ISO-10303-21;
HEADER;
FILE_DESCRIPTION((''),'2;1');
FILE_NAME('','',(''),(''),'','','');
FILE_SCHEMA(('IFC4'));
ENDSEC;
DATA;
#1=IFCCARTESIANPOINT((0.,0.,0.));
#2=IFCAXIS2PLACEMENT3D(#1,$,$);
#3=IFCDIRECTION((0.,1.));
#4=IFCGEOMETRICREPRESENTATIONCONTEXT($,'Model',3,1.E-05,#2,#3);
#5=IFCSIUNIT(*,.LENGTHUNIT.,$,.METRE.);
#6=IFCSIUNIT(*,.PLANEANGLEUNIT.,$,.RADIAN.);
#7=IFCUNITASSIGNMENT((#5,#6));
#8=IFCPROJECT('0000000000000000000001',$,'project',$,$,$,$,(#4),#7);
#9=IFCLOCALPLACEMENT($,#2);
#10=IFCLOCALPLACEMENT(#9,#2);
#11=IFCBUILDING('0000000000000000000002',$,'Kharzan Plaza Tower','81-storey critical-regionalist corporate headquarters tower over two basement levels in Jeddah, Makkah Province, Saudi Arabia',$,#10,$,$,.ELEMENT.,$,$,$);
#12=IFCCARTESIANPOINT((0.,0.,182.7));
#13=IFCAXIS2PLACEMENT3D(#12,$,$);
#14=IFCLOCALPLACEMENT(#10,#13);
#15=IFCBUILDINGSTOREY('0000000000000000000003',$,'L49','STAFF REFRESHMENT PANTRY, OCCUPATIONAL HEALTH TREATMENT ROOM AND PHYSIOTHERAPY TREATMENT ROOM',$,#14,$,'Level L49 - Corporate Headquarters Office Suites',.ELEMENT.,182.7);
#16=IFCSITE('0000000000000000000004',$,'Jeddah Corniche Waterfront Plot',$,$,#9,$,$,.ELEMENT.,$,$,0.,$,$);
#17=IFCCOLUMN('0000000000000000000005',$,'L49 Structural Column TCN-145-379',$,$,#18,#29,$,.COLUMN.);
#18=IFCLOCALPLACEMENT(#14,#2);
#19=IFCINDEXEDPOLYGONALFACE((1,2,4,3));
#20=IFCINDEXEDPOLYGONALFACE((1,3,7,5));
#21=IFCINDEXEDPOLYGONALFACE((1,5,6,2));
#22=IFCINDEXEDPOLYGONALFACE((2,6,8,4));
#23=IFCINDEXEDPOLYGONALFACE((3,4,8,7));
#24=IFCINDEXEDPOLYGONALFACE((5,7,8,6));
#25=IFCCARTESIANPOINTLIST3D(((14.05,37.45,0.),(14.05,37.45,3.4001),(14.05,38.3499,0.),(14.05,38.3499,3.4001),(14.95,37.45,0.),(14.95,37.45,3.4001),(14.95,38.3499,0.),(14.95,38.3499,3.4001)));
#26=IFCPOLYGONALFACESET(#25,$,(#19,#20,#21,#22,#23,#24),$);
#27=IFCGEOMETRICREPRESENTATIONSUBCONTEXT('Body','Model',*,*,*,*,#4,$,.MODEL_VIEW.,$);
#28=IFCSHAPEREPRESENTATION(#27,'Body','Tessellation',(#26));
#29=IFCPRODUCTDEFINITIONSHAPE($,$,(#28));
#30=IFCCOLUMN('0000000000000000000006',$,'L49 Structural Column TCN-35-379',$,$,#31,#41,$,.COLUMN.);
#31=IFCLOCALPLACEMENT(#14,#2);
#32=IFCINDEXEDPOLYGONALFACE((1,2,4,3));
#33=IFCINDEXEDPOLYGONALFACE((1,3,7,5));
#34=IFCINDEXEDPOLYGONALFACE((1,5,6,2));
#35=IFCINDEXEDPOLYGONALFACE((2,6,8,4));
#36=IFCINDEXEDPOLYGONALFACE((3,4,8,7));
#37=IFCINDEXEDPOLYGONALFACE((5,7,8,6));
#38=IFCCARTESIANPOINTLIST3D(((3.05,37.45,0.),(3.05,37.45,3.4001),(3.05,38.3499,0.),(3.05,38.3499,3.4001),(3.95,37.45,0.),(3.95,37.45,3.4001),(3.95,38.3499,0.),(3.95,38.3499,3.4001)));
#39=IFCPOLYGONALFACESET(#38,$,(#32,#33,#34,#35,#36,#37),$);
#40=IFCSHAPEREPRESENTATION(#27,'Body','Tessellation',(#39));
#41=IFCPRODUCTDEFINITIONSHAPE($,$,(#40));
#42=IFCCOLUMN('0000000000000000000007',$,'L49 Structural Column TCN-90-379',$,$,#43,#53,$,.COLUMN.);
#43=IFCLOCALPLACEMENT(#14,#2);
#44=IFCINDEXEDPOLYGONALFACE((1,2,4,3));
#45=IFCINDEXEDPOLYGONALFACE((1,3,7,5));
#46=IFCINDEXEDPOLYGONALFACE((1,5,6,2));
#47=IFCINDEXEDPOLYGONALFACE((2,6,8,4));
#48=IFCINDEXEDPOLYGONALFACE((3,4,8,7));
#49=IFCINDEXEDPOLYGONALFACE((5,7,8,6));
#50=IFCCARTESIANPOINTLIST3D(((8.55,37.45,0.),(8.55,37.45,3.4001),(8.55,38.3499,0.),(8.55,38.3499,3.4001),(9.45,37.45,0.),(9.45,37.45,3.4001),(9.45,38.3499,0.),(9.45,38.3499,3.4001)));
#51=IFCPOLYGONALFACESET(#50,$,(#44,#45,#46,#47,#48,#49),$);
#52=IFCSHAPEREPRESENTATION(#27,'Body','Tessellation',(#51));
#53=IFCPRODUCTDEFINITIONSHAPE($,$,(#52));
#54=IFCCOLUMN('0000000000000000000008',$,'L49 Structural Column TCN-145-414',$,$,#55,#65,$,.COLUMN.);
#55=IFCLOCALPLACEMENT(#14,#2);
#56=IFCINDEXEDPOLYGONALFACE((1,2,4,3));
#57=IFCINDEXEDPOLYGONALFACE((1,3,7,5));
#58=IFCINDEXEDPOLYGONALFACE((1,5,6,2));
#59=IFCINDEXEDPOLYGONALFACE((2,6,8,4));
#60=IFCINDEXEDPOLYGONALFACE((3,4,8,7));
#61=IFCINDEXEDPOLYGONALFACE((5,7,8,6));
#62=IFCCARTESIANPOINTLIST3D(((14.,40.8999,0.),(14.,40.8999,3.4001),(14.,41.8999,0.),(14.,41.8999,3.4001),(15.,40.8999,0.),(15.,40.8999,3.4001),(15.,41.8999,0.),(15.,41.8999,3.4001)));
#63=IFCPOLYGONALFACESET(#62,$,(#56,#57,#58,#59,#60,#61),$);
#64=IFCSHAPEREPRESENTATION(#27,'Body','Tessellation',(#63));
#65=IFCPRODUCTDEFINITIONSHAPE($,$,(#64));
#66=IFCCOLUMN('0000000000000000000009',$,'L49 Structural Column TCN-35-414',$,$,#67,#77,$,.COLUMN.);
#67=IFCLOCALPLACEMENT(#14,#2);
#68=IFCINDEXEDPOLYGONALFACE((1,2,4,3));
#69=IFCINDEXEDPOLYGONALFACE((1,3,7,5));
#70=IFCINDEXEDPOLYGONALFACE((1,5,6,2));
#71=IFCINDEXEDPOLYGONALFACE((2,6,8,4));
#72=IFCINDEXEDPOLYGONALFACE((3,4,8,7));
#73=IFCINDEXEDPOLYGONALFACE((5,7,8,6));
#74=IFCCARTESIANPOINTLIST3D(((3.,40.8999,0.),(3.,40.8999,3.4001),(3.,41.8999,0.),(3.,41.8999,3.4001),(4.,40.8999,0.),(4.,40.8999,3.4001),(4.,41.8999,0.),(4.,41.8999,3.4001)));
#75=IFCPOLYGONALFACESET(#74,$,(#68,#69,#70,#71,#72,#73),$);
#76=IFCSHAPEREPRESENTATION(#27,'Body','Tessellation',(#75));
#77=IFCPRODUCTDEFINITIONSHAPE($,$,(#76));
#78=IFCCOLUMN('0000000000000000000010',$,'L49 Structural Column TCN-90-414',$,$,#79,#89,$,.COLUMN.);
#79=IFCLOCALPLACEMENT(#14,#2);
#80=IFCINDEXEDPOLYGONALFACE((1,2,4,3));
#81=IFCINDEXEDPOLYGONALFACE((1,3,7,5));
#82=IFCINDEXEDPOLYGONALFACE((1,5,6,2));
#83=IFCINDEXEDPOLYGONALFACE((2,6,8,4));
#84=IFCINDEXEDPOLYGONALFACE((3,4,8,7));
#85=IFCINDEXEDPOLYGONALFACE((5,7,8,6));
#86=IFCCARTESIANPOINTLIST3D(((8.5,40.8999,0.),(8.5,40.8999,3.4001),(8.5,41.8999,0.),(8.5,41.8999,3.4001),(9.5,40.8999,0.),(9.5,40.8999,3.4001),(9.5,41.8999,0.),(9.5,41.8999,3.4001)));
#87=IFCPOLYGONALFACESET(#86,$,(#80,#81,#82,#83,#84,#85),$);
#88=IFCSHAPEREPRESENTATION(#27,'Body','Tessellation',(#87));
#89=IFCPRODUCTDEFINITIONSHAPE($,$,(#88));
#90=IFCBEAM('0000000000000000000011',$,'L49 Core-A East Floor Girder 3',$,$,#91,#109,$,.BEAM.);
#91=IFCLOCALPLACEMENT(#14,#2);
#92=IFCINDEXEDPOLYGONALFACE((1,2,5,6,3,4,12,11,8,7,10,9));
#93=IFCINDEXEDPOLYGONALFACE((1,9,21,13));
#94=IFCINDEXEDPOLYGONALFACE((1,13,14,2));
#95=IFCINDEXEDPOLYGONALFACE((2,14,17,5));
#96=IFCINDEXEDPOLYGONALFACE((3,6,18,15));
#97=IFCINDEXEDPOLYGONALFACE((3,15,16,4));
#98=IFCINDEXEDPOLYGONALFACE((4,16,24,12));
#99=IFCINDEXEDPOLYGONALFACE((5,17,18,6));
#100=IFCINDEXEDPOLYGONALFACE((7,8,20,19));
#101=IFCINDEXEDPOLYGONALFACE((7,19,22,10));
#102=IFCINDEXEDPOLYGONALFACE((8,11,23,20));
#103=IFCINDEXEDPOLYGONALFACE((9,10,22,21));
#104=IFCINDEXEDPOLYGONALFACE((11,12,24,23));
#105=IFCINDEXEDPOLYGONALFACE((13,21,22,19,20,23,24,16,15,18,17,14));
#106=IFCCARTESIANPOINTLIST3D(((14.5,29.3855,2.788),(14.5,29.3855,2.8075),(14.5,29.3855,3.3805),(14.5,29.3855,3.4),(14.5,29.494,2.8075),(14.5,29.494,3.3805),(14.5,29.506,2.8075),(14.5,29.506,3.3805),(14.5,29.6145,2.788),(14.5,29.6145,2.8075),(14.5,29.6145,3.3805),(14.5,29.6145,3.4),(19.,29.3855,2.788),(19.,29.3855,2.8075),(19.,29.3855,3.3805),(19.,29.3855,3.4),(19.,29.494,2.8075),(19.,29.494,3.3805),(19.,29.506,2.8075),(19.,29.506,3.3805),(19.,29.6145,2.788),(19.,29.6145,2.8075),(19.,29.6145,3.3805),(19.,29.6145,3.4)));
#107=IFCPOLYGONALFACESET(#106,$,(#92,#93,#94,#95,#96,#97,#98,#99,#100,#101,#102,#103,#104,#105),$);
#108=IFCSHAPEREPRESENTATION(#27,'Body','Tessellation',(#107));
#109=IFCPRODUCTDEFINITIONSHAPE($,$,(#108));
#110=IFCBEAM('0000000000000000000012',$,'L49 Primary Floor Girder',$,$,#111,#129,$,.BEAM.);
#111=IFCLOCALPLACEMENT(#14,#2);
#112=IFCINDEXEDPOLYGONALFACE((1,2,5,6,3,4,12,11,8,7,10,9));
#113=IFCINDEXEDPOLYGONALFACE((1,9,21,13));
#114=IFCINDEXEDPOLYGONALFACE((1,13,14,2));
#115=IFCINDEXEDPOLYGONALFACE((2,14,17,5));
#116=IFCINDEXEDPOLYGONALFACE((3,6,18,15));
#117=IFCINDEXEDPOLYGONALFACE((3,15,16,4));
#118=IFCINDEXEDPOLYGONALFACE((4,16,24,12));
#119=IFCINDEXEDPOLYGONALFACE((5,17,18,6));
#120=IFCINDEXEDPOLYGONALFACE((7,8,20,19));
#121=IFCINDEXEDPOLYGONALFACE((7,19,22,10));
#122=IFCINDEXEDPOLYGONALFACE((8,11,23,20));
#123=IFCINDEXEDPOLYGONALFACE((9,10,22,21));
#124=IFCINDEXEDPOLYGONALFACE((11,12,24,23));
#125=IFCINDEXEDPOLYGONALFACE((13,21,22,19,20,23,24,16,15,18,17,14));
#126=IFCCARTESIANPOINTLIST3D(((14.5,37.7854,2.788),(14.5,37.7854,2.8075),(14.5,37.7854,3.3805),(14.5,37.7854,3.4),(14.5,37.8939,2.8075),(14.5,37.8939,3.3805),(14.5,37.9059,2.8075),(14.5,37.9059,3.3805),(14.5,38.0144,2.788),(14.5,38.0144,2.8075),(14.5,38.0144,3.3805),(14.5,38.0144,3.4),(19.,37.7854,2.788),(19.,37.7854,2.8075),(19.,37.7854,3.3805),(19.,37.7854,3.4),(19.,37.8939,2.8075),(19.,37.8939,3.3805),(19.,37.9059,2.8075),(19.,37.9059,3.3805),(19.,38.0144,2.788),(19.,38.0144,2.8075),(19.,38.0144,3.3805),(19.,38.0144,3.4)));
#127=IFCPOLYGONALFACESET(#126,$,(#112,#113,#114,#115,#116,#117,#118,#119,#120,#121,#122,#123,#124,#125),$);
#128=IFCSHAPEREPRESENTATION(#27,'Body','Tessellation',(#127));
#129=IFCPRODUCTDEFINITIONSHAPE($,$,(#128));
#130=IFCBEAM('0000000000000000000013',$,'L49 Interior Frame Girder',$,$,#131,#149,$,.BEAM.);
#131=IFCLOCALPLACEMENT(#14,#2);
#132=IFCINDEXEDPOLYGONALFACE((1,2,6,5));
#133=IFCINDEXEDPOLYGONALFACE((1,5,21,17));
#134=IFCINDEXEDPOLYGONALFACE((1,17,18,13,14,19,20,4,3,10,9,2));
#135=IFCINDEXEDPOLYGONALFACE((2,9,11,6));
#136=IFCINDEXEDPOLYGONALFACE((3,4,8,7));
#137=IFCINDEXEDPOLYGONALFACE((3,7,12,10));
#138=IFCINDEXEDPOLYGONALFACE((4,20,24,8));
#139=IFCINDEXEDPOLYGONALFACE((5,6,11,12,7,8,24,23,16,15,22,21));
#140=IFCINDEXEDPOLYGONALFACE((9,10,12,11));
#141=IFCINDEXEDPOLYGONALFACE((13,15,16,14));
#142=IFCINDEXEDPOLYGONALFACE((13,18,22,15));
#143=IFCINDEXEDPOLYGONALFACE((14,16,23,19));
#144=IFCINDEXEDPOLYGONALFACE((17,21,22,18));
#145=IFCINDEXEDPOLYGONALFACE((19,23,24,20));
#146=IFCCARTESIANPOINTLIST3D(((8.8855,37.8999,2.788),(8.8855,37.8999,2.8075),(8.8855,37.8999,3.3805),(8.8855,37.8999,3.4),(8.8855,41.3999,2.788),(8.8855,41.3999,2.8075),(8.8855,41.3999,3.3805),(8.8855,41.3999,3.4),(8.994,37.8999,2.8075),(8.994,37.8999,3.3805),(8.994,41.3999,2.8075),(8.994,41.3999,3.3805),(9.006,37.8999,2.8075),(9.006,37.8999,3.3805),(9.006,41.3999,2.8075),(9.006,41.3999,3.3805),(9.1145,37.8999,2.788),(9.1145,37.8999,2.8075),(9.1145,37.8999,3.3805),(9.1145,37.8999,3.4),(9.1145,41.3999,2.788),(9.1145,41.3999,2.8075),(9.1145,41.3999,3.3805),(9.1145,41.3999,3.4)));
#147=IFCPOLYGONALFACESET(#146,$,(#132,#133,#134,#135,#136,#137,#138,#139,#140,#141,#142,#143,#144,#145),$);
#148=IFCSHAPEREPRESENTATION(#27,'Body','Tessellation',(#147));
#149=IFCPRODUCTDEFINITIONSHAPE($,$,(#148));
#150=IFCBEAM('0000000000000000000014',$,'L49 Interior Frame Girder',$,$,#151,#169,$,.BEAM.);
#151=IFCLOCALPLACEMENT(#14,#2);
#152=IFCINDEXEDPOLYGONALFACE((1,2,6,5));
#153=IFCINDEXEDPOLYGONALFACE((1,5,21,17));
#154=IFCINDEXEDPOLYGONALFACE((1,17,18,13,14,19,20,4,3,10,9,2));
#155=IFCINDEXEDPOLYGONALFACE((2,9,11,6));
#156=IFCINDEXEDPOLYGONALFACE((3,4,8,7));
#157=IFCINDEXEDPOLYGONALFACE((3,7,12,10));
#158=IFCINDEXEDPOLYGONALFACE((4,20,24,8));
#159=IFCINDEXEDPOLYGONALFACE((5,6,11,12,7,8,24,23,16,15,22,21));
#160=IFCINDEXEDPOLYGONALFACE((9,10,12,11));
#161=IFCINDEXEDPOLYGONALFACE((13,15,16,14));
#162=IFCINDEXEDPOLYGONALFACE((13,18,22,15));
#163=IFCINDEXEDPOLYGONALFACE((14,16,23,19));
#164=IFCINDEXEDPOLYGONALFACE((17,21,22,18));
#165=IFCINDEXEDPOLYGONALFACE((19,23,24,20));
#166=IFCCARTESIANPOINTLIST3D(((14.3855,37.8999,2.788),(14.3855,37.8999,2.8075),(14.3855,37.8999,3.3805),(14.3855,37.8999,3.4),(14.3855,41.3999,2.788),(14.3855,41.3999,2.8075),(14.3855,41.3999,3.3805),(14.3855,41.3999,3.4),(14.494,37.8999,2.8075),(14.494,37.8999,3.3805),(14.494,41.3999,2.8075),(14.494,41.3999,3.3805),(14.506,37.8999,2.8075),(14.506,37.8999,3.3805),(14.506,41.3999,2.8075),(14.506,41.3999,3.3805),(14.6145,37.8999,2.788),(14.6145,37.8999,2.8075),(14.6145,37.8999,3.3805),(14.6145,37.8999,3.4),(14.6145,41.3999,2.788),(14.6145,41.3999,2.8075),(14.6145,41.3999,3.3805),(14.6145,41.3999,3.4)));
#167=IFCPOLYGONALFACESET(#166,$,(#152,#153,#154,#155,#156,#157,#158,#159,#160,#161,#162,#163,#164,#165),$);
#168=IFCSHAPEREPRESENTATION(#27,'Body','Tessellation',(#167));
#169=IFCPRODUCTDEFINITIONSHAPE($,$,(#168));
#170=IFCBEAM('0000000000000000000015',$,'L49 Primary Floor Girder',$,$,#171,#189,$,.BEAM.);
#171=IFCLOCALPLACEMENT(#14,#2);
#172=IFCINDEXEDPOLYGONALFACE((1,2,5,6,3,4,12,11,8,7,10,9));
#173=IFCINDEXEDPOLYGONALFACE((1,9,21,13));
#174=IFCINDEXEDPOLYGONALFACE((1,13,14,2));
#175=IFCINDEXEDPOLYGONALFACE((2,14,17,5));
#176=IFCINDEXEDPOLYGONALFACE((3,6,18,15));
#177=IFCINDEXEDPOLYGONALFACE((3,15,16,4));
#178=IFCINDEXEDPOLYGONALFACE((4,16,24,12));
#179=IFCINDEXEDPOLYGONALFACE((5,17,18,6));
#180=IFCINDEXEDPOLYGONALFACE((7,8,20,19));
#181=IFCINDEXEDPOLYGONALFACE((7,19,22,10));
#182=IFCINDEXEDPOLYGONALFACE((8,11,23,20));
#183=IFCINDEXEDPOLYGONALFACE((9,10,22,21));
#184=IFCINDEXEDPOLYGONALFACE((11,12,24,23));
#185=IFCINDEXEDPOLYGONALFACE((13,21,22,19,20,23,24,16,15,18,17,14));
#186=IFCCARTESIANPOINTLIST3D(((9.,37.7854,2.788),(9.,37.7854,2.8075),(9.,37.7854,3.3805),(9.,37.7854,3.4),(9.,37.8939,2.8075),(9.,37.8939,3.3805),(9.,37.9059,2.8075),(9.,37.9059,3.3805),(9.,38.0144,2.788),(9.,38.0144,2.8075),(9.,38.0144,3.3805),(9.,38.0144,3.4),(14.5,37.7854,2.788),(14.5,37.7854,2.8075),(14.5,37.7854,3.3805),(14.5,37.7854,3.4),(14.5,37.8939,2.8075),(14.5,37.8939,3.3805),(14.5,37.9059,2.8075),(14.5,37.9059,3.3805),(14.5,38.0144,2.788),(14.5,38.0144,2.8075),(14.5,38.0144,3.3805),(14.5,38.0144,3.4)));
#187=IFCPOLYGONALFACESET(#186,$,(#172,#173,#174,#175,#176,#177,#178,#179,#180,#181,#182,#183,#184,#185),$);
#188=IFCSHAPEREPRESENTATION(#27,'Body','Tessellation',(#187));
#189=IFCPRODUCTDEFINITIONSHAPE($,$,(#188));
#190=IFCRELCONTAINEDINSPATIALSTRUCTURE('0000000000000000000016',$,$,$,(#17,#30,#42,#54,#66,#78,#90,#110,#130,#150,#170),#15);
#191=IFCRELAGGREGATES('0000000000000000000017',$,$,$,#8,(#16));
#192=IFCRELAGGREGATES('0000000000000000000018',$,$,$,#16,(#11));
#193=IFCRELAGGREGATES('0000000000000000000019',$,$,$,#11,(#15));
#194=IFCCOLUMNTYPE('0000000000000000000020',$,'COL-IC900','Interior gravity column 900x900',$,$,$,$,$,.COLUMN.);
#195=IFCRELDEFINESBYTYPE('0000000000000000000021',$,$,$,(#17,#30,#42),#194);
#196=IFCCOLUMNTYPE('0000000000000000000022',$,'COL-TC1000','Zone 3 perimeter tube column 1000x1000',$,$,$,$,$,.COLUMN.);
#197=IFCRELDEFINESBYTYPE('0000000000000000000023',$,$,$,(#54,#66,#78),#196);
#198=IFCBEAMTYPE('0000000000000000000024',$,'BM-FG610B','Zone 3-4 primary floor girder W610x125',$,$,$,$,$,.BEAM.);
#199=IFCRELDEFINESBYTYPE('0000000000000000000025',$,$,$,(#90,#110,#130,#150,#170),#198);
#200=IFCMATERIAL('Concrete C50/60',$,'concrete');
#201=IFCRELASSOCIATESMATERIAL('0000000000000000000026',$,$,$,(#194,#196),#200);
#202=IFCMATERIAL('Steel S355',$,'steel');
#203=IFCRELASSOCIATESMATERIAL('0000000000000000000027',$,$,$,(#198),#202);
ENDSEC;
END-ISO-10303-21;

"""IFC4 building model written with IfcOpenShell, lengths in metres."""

from ifc_helpers import new_model, si_unit, direction, frame, origin, origin_2d, place, context, subcontext, project, spatial, rectangle, i_section, extrude, source, transform, mapped, material, material_profile, profile_set, type_object, element, save


model = new_model("IFC4")

# Units and contexts
model_context = context("Model", 3, precision=1e-05, world=origin(), true_north=direction((0.0, 1.0)))
body_context = subcontext(model_context, "Body", "Model", "MODEL_VIEW")
ifc_project = project(units=[si_unit("LENGTHUNIT", "METRE"), si_unit("PLANEANGLEUNIT", "RADIAN")], contexts=[model_context])

# Site, building, storey
site_placement = place(None, origin())
site = spatial("IfcSite", under=ifc_project, at=site_placement, Name="Jeddah Corniche Waterfront Plot", CompositionType="ELEMENT", RefElevation=0.0)
building_placement = place(site_placement, origin())
building = spatial("IfcBuilding", under=site, at=building_placement, Name="Kharzan Plaza Tower", Description="81-storey critical-regionalist corporate headquarters tower over two basement levels in Jeddah, Makkah Province, Saudi Arabia", CompositionType="ELEMENT")
storey_placement = place(building_placement, frame((0.0, 0.0, 182.7)))
storey = spatial("IfcBuildingStorey", under=building, at=storey_placement, Name="L49", Description="STAFF REFRESHMENT PANTRY, OCCUPATIONAL HEALTH TREATMENT ROOM AND PHYSIOTHERAPY TREATMENT ROOM", LongName="Level L49 - Corporate Headquarters Office Suites", CompositionType="ELEMENT", Elevation=182.7)

# Columns
ifc_material_1 = material(Name="Concrete C50/60", Category="concrete")
ifc_material_profile_1 = material_profile(ifc_material_1, rectangle(XDim=0.8999, YDim=0.8999, at=origin_2d()), Name="RC-IC900x900")
ifc_profile_set_1 = profile_set([ifc_material_profile_1], Name="Concrete C50/60")
column_type_1 = type_object("IfcColumnType", Name="COL-IC900", Description="Interior gravity column 900x900", PredefinedType="COLUMN", material=ifc_profile_set_1)
shared_shape_1 = source(origin(), body_context, "Body", "SweptSolid", [
    extrude(rectangle(XDim=0.8999, YDim=0.8999, at=origin_2d()), origin(), (0.0, 0.0, 1.0), 3.4001),
])
for number, where, z_axis, x_axis, name in (
    (1, (14.5, 37.8999, 0.0), (0.0, 0.0, 1.0), (1.0, 0.0, 0.0), "L49 Structural Column TCN-145-379"),
    (2, (3.5, 37.8999, 0.0), (0.0, 0.0, 1.0), (1.0, 0.0, 0.0), "L49 Structural Column TCN-35-379"),
    (3, (9.0, 37.8999, 0.0), (0.0, 0.0, 1.0), (1.0, 0.0, 0.0), "L49 Structural Column TCN-90-379"),
):
    element("IfcColumn", number, at=place(storey_placement, frame(where, z_axis=z_axis, x_axis=x_axis)), inside=storey, type_object=column_type_1, Name=name, PredefinedType="COLUMN", context=body_context, shape_type="MappedRepresentation", body=[
        mapped(shared_shape_1, transform((0.0, 0.0, 0.0), x_axis=(1.0, 0.0, 0.0), y_axis=(0.0, 1.0, 0.0), z_axis=(0.0, 0.0, 1.0))),
    ])
ifc_material_profile_2 = material_profile(ifc_material_1, rectangle(XDim=1.0, YDim=1.0, at=origin_2d()), Name="RC-TC1000x1000")
ifc_profile_set_2 = profile_set([ifc_material_profile_2], Name="Concrete C50/60")
column_type_2 = type_object("IfcColumnType", Name="COL-TC1000", Description="Zone 3 perimeter tube column 1000x1000", PredefinedType="COLUMN", material=ifc_profile_set_2)
shared_shape_2 = source(origin(), body_context, "Body", "SweptSolid", [
    extrude(rectangle(XDim=1.0, YDim=1.0, at=origin_2d()), origin(), (0.0, 0.0, 1.0), 3.4001),
])
for number, where, z_axis, x_axis, name in (
    (4, (14.5, 41.3999, 0.0), (0.0, 0.0, 1.0), (1.0, 0.0, 0.0), "L49 Structural Column TCN-145-414"),
    (5, (3.5, 41.3999, 0.0), (0.0, 0.0, 1.0), (1.0, 0.0, 0.0), "L49 Structural Column TCN-35-414"),
    (6, (9.0, 41.3999, 0.0), (0.0, 0.0, 1.0), (1.0, 0.0, 0.0), "L49 Structural Column TCN-90-414"),
):
    element("IfcColumn", number, at=place(storey_placement, frame(where, z_axis=z_axis, x_axis=x_axis)), inside=storey, type_object=column_type_2, Name=name, PredefinedType="COLUMN", context=body_context, shape_type="MappedRepresentation", body=[
        mapped(shared_shape_2, transform((0.0, 0.0, 0.0), x_axis=(1.0, 0.0, 0.0), y_axis=(0.0, 1.0, 0.0), z_axis=(0.0, 0.0, 1.0))),
    ])

# Beams
ifc_material_2 = material(Name="Steel S355", Category="steel")
ifc_material_profile_3 = material_profile(ifc_material_2, i_section(OverallWidth=0.229, OverallDepth=0.6121, WebThickness=0.012, FlangeThickness=0.0195, at=origin_2d()), Name="W610x125")
ifc_profile_set_3 = profile_set([ifc_material_profile_3], Name="Steel S355")
beam_type_1 = type_object("IfcBeamType", Name="BM-FG610B", Description="Zone 3-4 primary floor girder W610x125", PredefinedType="BEAM", material=ifc_profile_set_3)
shared_shape_3 = source(origin(), body_context, "Body", "SweptSolid", [
    extrude(i_section(OverallWidth=0.229, OverallDepth=0.6121, WebThickness=0.012, FlangeThickness=0.0195, at=origin_2d()), origin(), (0.0, 0.0, 1.0), 4.5),
])
for number, where, z_axis, x_axis, name in (
    (7, (14.5, 29.5, 3.094), (1.0, 0.0, 0.0), (0.0, 1.0, 0.0), "L49 Core-A East Floor Girder 3"),
    (8, (14.5, 37.8999, 3.094), (1.0, 0.0, 0.0), (0.0, 1.0, 0.0), "L49 Primary Floor Girder"),
):
    element("IfcBeam", number, at=place(storey_placement, frame(where, z_axis=z_axis, x_axis=x_axis)), inside=storey, type_object=beam_type_1, Name=name, PredefinedType="BEAM", context=body_context, shape_type="MappedRepresentation", body=[
        mapped(shared_shape_3, transform((0.0, 0.0, 0.0), x_axis=(1.0, 0.0, 0.0), y_axis=(0.0, 1.0, 0.0), z_axis=(0.0, 0.0, 1.0))),
    ])
shared_shape_4 = source(origin(), body_context, "Body", "SweptSolid", [
    extrude(i_section(OverallWidth=0.229, OverallDepth=0.6121, WebThickness=0.012, FlangeThickness=0.0195, at=origin_2d()), origin(), (0.0, 0.0, 1.0), 3.5),
])
for number, where, z_axis, x_axis, name in (
    (9, (9.0, 37.8999, 3.094), (0.0, 1.0, 0.0), (-1.0, 0.0, 0.0), "L49 Interior Frame Girder"),
    (10, (14.5, 37.8999, 3.094), (0.0, 1.0, 0.0), (-1.0, 0.0, 0.0), "L49 Interior Frame Girder"),
):
    element("IfcBeam", number, at=place(storey_placement, frame(where, z_axis=z_axis, x_axis=x_axis)), inside=storey, type_object=beam_type_1, Name=name, PredefinedType="BEAM", context=body_context, shape_type="MappedRepresentation", body=[
        mapped(shared_shape_4, transform((0.0, 0.0, 0.0), x_axis=(1.0, 0.0, 0.0), y_axis=(0.0, 1.0, 0.0), z_axis=(0.0, 0.0, 1.0))),
    ])
shared_shape_5 = source(origin(), body_context, "Body", "SweptSolid", [
    extrude(i_section(OverallWidth=0.229, OverallDepth=0.6121, WebThickness=0.012, FlangeThickness=0.0195, at=origin_2d()), origin(), (0.0, 0.0, 1.0), 5.5),
])
beam_placement = place(storey_placement, frame((9.0, 37.8999, 3.094), z_axis=(1.0, 0.0, 0.0), x_axis=(0.0, 1.0, 0.0)))
element("IfcBeam", 11, at=beam_placement, inside=storey, type_object=beam_type_1, Name="L49 Primary Floor Girder", PredefinedType="BEAM", context=body_context, shape_type="MappedRepresentation", body=[
    mapped(shared_shape_5, transform((0.0, 0.0, 0.0), x_axis=(1.0, 0.0, 0.0), y_axis=(0.0, 1.0, 0.0), z_axis=(0.0, 0.0, 1.0))),
])

save(model, "model.ifc")
